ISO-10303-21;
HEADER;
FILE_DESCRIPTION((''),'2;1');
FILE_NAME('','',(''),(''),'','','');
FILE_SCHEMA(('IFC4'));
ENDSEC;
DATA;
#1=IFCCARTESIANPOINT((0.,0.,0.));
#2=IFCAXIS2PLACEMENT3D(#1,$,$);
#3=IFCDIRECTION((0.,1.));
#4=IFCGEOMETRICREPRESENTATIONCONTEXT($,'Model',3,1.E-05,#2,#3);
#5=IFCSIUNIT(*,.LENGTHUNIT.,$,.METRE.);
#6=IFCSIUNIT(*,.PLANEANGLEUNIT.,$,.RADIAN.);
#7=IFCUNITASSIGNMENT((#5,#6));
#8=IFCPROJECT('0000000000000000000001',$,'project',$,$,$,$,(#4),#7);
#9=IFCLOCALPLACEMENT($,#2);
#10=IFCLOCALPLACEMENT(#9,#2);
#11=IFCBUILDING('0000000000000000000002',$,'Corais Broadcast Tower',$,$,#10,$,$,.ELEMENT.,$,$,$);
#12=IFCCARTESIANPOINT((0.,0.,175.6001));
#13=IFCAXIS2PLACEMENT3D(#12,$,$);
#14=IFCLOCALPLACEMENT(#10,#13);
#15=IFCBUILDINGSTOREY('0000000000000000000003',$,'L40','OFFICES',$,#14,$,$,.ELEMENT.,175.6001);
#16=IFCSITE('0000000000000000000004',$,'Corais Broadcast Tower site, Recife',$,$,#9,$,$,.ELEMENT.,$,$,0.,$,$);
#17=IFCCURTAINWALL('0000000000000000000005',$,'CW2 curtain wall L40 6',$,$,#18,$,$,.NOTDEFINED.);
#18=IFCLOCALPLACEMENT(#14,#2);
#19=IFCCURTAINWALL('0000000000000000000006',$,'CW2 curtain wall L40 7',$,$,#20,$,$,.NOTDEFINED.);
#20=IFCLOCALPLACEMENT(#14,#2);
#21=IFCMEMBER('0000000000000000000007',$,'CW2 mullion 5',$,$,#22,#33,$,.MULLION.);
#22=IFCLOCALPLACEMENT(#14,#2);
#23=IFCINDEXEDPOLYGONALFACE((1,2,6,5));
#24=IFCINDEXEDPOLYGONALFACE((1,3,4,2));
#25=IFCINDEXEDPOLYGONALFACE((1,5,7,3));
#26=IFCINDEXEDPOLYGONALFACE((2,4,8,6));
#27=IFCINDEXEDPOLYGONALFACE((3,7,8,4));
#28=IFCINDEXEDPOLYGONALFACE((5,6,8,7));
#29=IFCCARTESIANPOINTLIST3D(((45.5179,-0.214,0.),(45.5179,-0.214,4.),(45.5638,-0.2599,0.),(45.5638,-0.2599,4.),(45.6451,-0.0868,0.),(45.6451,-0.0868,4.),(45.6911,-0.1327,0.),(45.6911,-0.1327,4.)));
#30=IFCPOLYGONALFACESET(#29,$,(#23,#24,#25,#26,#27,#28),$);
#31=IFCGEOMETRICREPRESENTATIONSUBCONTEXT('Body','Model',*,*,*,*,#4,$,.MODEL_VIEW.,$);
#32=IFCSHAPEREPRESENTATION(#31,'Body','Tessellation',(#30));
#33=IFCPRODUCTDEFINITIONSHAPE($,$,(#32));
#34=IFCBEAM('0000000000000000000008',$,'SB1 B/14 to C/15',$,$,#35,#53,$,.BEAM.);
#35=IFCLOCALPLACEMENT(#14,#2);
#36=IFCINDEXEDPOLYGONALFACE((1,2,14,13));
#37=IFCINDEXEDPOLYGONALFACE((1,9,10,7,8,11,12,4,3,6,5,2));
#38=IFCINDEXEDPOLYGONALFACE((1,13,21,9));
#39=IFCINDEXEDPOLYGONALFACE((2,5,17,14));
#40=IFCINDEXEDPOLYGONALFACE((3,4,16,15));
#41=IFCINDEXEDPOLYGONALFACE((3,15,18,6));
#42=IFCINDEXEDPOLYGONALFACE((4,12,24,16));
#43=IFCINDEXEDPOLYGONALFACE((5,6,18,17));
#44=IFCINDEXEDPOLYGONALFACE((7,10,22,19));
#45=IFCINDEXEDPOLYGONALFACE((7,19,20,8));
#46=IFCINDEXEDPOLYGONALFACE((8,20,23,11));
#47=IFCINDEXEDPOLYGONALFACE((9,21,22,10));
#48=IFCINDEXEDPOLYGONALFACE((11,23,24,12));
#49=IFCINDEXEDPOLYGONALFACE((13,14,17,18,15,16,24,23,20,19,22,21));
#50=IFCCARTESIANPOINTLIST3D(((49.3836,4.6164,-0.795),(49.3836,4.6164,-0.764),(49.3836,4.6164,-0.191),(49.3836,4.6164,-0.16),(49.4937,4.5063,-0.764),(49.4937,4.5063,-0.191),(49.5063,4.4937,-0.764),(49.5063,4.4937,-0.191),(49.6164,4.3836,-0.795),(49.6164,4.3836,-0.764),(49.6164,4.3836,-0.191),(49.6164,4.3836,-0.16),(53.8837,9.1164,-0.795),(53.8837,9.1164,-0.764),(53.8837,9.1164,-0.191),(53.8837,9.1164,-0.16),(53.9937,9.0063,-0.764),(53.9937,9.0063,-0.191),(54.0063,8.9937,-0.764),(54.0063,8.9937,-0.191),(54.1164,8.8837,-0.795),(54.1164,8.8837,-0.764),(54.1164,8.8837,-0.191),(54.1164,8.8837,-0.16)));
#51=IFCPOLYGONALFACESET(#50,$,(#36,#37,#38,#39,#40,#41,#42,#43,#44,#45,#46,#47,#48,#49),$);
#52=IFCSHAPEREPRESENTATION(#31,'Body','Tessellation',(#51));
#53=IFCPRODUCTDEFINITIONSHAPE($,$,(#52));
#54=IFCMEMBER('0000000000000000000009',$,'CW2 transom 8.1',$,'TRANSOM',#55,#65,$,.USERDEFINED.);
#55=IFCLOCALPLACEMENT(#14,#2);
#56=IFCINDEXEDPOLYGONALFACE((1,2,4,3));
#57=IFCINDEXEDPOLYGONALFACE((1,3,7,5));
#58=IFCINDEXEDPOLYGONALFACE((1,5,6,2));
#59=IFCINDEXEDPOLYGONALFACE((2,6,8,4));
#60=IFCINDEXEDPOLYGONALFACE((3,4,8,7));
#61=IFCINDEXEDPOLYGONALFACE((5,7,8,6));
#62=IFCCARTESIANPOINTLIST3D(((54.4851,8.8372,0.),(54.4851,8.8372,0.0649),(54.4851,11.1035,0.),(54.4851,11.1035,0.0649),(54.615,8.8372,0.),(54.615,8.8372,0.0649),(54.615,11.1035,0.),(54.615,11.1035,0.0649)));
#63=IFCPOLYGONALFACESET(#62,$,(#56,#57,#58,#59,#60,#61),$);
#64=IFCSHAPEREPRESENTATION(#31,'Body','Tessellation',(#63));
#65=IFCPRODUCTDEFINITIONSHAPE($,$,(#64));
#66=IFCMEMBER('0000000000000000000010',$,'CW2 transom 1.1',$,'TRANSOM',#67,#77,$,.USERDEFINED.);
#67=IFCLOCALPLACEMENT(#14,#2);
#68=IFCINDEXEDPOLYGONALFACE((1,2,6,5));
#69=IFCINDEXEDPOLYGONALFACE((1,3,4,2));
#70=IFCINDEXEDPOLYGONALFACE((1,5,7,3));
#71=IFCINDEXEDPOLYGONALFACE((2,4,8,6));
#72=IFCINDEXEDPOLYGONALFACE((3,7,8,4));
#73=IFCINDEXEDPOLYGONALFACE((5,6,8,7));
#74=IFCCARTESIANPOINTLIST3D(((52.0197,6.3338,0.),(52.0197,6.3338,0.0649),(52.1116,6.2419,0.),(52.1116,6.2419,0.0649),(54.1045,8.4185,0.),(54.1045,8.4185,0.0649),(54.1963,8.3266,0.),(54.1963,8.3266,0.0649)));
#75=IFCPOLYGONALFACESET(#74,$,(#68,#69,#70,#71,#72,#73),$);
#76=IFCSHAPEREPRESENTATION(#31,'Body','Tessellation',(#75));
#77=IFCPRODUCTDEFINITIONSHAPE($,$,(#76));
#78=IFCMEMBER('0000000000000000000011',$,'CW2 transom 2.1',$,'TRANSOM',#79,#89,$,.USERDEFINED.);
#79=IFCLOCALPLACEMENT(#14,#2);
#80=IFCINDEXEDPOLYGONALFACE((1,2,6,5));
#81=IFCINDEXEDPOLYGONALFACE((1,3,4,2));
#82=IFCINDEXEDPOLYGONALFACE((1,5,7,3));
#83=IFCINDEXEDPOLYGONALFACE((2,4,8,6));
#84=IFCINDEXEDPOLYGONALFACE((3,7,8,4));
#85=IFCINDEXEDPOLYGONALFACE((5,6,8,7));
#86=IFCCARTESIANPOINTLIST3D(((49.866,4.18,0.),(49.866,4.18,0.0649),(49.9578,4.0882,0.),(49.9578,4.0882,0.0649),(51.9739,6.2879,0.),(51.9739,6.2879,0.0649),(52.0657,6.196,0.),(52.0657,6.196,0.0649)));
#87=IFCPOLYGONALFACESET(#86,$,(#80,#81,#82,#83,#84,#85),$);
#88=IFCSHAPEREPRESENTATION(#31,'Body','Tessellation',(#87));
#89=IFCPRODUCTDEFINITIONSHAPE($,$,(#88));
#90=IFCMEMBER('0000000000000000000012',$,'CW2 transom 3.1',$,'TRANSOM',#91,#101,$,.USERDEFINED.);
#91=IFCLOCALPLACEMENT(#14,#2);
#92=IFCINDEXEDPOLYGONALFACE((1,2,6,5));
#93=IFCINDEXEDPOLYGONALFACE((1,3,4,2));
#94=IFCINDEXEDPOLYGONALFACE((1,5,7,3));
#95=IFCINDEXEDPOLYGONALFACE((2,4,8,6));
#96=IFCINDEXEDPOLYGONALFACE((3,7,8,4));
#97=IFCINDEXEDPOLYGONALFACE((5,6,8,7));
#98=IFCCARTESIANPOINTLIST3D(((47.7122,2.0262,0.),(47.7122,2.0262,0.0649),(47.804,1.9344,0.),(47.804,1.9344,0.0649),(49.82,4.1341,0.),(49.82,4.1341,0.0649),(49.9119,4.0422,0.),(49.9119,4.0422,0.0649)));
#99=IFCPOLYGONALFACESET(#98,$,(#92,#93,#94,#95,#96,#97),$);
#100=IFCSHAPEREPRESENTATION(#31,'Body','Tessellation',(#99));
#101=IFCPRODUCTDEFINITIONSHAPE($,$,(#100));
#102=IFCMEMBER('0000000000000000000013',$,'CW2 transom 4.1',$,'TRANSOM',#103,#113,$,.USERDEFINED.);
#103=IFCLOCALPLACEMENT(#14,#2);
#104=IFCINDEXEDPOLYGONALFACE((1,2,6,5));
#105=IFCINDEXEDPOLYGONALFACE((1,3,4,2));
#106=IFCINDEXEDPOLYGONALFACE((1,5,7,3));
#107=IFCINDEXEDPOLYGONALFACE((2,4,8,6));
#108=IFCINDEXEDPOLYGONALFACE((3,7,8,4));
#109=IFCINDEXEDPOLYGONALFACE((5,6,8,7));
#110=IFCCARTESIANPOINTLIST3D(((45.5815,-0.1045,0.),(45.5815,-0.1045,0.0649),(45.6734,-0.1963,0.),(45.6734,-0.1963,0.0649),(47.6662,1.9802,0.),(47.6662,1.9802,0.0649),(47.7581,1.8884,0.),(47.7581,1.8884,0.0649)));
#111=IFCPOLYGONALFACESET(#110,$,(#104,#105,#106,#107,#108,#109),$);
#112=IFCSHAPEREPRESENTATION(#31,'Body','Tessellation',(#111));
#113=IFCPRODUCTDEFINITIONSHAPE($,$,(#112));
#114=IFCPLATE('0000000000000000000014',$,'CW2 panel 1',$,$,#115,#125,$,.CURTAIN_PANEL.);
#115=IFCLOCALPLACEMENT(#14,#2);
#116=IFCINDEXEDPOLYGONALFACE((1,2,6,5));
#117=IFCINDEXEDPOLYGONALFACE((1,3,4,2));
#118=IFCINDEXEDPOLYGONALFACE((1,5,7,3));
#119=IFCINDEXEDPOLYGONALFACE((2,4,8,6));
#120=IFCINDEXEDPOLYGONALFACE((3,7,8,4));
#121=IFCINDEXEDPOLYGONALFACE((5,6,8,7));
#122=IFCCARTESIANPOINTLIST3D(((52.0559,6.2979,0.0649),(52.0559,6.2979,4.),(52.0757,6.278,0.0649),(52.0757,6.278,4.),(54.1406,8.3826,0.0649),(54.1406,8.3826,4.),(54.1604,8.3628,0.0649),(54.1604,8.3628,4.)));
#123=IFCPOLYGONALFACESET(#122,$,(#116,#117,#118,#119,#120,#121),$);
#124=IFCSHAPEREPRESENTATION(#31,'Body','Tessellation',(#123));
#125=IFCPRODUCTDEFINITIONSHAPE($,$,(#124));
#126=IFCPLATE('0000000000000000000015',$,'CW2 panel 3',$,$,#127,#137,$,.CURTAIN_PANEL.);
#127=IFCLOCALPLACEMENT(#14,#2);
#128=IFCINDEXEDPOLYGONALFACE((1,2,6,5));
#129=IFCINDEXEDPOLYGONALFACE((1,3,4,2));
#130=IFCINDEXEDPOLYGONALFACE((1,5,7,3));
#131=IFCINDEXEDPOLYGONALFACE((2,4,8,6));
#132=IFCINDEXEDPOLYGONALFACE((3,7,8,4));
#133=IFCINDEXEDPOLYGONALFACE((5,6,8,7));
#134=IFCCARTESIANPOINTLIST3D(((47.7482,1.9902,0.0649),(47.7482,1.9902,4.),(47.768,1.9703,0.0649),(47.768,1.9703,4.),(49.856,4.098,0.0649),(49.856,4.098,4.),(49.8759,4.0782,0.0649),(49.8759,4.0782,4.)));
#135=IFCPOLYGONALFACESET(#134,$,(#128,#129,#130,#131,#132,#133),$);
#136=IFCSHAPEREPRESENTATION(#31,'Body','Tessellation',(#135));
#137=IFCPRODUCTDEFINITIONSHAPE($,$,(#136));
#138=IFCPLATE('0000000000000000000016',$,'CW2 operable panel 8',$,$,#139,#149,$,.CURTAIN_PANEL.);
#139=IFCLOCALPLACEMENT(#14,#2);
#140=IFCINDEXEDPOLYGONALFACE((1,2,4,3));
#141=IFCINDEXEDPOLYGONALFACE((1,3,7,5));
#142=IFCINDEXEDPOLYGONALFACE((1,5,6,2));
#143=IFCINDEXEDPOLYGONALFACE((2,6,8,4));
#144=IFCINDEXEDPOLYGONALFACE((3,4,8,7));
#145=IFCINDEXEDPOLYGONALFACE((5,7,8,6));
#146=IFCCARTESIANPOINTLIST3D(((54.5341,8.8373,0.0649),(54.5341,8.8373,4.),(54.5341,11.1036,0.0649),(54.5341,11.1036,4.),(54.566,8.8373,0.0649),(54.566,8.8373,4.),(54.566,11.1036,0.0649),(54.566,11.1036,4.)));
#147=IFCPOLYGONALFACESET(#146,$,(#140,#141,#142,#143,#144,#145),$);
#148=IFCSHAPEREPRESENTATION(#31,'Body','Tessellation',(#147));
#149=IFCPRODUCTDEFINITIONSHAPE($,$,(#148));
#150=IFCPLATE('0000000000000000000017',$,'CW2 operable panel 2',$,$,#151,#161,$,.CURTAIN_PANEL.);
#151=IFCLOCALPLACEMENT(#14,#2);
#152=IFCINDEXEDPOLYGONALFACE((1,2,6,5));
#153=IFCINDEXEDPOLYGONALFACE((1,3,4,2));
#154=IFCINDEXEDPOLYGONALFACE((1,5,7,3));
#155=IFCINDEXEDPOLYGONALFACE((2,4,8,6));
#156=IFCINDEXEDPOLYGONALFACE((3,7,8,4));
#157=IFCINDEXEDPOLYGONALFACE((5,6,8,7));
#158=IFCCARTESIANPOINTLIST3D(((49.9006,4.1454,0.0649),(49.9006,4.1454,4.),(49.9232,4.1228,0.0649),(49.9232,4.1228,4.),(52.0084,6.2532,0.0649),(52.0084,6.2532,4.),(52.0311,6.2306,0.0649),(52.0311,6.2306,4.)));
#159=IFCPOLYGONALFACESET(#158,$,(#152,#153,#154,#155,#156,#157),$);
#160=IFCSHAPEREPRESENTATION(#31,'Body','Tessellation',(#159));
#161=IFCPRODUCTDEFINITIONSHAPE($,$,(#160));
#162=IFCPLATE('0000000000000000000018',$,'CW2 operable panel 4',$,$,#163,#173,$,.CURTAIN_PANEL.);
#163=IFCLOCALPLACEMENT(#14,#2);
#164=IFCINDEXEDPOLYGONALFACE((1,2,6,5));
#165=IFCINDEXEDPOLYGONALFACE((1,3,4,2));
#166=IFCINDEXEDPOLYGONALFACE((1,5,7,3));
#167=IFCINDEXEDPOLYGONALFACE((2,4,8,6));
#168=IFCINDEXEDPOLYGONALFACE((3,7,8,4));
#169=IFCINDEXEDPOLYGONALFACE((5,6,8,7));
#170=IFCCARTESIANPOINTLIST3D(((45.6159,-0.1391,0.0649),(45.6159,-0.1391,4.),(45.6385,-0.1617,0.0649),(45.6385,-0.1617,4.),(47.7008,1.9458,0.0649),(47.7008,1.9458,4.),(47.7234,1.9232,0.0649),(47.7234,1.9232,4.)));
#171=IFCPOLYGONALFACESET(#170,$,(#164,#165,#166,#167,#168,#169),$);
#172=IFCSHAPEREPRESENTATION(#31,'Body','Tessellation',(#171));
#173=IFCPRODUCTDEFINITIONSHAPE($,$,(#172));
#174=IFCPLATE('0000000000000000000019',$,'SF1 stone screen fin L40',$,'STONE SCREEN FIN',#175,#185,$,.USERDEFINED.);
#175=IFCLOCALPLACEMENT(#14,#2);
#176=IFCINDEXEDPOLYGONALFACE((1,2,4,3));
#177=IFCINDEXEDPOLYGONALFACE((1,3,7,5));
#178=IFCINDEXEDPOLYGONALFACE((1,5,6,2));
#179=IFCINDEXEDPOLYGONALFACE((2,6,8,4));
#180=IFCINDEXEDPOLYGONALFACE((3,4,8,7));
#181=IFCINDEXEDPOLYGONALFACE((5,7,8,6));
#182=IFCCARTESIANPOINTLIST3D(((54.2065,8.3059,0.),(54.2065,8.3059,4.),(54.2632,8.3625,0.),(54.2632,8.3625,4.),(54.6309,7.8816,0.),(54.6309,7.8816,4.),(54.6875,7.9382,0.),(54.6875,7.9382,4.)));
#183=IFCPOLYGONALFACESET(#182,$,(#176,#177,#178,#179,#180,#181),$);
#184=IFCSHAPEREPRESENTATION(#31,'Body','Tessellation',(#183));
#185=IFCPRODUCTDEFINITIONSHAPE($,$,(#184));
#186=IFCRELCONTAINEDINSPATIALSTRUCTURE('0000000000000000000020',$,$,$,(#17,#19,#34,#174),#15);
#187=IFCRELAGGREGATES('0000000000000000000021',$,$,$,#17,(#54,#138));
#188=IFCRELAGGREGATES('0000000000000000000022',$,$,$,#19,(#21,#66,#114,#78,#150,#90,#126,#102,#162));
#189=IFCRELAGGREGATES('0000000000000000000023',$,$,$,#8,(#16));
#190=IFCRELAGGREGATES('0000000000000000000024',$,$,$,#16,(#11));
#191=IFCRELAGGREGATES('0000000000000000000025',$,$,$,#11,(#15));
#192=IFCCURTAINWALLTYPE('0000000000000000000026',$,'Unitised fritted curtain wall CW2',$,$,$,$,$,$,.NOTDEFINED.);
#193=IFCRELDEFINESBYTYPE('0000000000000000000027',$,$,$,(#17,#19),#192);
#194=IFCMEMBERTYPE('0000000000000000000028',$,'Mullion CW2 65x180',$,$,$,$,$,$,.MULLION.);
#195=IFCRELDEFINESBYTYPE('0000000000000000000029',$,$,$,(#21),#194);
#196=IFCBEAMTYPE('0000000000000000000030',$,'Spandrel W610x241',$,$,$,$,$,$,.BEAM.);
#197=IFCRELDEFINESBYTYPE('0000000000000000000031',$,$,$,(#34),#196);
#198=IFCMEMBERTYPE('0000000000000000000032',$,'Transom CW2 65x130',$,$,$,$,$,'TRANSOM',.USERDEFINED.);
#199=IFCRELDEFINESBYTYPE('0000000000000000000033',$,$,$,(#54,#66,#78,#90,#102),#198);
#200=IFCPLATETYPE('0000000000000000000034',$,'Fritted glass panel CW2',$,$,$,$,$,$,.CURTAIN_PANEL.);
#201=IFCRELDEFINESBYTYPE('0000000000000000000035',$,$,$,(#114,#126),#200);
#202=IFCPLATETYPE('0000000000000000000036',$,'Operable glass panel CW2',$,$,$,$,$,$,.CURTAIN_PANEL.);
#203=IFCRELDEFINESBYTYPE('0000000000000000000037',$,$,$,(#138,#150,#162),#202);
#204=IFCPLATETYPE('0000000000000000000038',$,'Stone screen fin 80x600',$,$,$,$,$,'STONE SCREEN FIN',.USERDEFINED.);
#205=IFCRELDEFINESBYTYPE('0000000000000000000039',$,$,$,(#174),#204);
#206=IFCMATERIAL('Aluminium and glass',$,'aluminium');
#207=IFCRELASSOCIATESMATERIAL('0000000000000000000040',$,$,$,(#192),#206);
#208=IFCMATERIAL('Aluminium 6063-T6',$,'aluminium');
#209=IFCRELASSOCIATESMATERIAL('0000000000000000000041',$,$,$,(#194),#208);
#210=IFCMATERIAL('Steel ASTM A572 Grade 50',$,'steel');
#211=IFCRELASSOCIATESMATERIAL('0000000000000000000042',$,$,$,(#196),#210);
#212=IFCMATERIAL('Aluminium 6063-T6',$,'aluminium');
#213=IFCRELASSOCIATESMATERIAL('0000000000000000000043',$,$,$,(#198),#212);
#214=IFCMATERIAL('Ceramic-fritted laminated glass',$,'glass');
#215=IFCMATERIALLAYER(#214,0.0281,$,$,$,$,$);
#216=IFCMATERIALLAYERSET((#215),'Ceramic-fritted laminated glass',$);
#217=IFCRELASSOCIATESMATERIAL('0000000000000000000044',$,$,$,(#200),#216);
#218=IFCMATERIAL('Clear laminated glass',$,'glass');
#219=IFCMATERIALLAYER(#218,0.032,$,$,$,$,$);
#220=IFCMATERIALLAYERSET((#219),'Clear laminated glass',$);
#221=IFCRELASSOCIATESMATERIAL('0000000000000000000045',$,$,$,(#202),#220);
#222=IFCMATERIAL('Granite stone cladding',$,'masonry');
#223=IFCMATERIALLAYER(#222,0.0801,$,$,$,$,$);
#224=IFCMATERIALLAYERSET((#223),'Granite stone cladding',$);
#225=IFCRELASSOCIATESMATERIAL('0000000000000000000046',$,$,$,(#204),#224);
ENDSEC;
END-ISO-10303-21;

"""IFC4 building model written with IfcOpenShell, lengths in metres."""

from ifc_helpers import new_model, si_unit, direction, frame, origin, origin_2d, place, context, subcontext, project, spatial, rectangle, i_section, extrude, material, layer, layer_set, material_profile, profile_set, type_object, element, aggregate, save


model = new_model("IFC4")

# Units and contexts
model_context = context("Model", 3, precision=1e-05, world=origin(), true_north=direction((0.0, 1.0)))
body_context = subcontext(model_context, "Body", "Model", "MODEL_VIEW")
ifc_project = project(units=[si_unit("LENGTHUNIT", "METRE"), si_unit("PLANEANGLEUNIT", "RADIAN")], contexts=[model_context])

# Site, building, storey
site_placement = place(None, origin())
site = spatial("IfcSite", under=ifc_project, at=site_placement, Name="Corais Broadcast Tower site, Recife", CompositionType="ELEMENT", RefElevation=0.0)
building_placement = place(site_placement, origin())
building = spatial("IfcBuilding", under=site, at=building_placement, Name="Corais Broadcast Tower", CompositionType="ELEMENT")
storey_placement = place(building_placement, frame((0.0, 0.0, 175.6001)))
storey = spatial("IfcBuildingStorey", under=building, at=storey_placement, Name="L40", Description="OFFICES", CompositionType="ELEMENT", Elevation=175.6001)

# Curtain walls, member
ifc_material_1 = material(Name="Aluminium and glass", Category="aluminium")
curtain_wall_type = type_object("IfcCurtainWallType", Name="Unitised fritted curtain wall CW2", PredefinedType="NOTDEFINED", material=ifc_material_1)
curtain_wall_1_placement = place(storey_placement, origin())
curtain_wall_1 = element("IfcCurtainWall", 1, at=curtain_wall_1_placement, inside=storey, type_object=curtain_wall_type, Name="CW2 curtain wall L40 6", PredefinedType="NOTDEFINED")
ifc_material_2 = material(Name="Aluminium 6063-T6", Category="aluminium")
ifc_material_profile_1 = material_profile(ifc_material_2, rectangle(XDim=0.0649, YDim=0.1799, at=origin_2d()), Name="Mullion CW2 65x180")
ifc_profile_set_1 = profile_set([ifc_material_profile_1], Name="Aluminium 6063-T6")
member_type_1 = type_object("IfcMemberType", Name="Mullion CW2 65x180", PredefinedType="MULLION", material=ifc_profile_set_1)
curtain_wall_2_placement = place(storey_placement, origin())
curtain_wall_2 = element("IfcCurtainWall", 2, at=curtain_wall_2_placement, inside=storey, type_object=curtain_wall_type, Name="CW2 curtain wall L40 7", PredefinedType="NOTDEFINED")
member_1_placement = place(storey_placement, frame((45.6045, -0.1733, 0.0), z_axis=(0.0, 0.0, 1.0), x_axis=(0.707107, -0.707107, 0.0)))
member_1 = element("IfcMember", 3, at=member_1_placement, type_object=member_type_1, Name="CW2 mullion 5", PredefinedType="MULLION", context=body_context, shape_type="SweptSolid", body=[
    extrude(rectangle(XDim=0.0649, YDim=0.1799, at=origin_2d()), origin(), (0.0, 0.0, 1.0), 4.0),
])

# Beam
ifc_material_3 = material(Name="Steel ASTM A572 Grade 50", Category="steel")
ifc_material_profile_2 = material_profile(ifc_material_3, i_section(OverallWidth=0.3291, OverallDepth=0.635, WebThickness=0.0178, FlangeThickness=0.031, at=origin_2d()), Name="W610x241")
ifc_profile_set_2 = profile_set([ifc_material_profile_2], Name="Steel ASTM A572 Grade 50")
beam_type_1 = type_object("IfcBeamType", Name="Spandrel W610x241", PredefinedType="BEAM", material=ifc_profile_set_2)
beam_1_placement = place(storey_placement, frame((49.5, 4.5, -0.4775), z_axis=(0.707107, 0.707107, 0.0), x_axis=(-0.707107, 0.707107, 0.0)))
element("IfcBeam", 4, at=beam_1_placement, inside=storey, type_object=beam_type_1, Name="SB1 B/14 to C/15", PredefinedType="BEAM", context=body_context, shape_type="SweptSolid", body=[
    extrude(i_section(OverallWidth=0.3291, OverallDepth=0.635, WebThickness=0.0178, FlangeThickness=0.031, at=origin_2d()), origin(), (0.0, 0.0, 1.0), 6.364),
])

# Members
ifc_material_4 = material(Name="Aluminium 6063-T6", Category="aluminium")
ifc_material_profile_3 = material_profile(ifc_material_4, rectangle(XDim=0.1299, YDim=0.0649, at=origin_2d()), Name="Transom CW2 65x130")
ifc_profile_set_3 = profile_set([ifc_material_profile_3], Name="Aluminium 6063-T6")
member_type_2 = type_object("IfcMemberType", Name="Transom CW2 65x130", ElementType="TRANSOM", PredefinedType="USERDEFINED", material=ifc_profile_set_3)
member_2_placement = place(storey_placement, frame((54.55, 11.1035, 0.0325), z_axis=(0.0, -1.0, 0.0), x_axis=(1.0, 0.0, 0.0)))
member_2 = element("IfcMember", 5, at=member_2_placement, type_object=member_type_2, Name="CW2 transom 8.1", ObjectType="TRANSOM", PredefinedType="USERDEFINED", context=body_context, shape_type="SweptSolid", body=[
    extrude(rectangle(XDim=0.1299, YDim=0.0649, at=origin_2d()), origin(), (0.0, 0.0, 1.0), 2.2664),
])
member_3_placement = place(storey_placement, frame((54.1504, 8.3726, 0.0325), z_axis=(-0.707107, -0.707107, 0.0), x_axis=(0.707107, -0.707107, 0.0)))
member_3 = element("IfcMember", 6, at=member_3_placement, type_object=member_type_2, Name="CW2 transom 1.1", ObjectType="TRANSOM", PredefinedType="USERDEFINED", context=body_context, shape_type="SweptSolid", body=[
    extrude(rectangle(XDim=0.1299, YDim=0.0649, at=origin_2d()), origin(), (0.0, 0.0, 1.0), 2.9482),
])
member_4_placement = place(storey_placement, frame((52.0198, 6.2419, 0.0325), z_axis=(-0.707107, -0.707107, 0.0), x_axis=(0.707107, -0.707107, 0.0)))
member_4 = element("IfcMember", 7, at=member_4_placement, type_object=member_type_2, Name="CW2 transom 2.1", ObjectType="TRANSOM", PredefinedType="USERDEFINED", context=body_context, shape_type="SweptSolid", body=[
    extrude(rectangle(XDim=0.1299, YDim=0.0649, at=origin_2d()), origin(), (0.0, 0.0, 1.0), 2.981),
])
member_5_placement = place(storey_placement, frame((49.866, 4.0881, 0.0325), z_axis=(-0.707107, -0.707107, 0.0), x_axis=(0.707107, -0.707107, 0.0)))
member_5 = element("IfcMember", 8, at=member_5_placement, type_object=member_type_2, Name="CW2 transom 3.1", ObjectType="TRANSOM", PredefinedType="USERDEFINED", context=body_context, shape_type="SweptSolid", body=[
    extrude(rectangle(XDim=0.1299, YDim=0.0649, at=origin_2d()), origin(), (0.0, 0.0, 1.0), 2.981),
])
member_6_placement = place(storey_placement, frame((47.7122, 1.9343, 0.0325), z_axis=(-0.707107, -0.707107, 0.0), x_axis=(0.707107, -0.707107, 0.0)))
member_6 = element("IfcMember", 9, at=member_6_placement, type_object=member_type_2, Name="CW2 transom 4.1", ObjectType="TRANSOM", PredefinedType="USERDEFINED", context=body_context, shape_type="SweptSolid", body=[
    extrude(rectangle(XDim=0.1299, YDim=0.0649, at=origin_2d()), origin(), (0.0, 0.0, 1.0), 2.9482),
])

# Plates
ifc_material_5 = material(Name="Ceramic-fritted laminated glass", Category="glass")
ifc_layer_1 = layer(ifc_material_5, 0.0281)
ifc_layer_set_1 = layer_set([ifc_layer_1], Name="Ceramic-fritted laminated glass")
plate_type_1 = type_object("IfcPlateType", Name="Fritted glass panel CW2", PredefinedType="CURTAIN_PANEL", material=ifc_layer_set_1)
plate_1_placement = place(storey_placement, frame((53.1082, 7.3303, 0.0649), z_axis=(0.0, 0.0, 1.0), x_axis=(-0.707107, -0.707107, 0.0)))
plate_1 = element("IfcPlate", 10, at=plate_1_placement, type_object=plate_type_1, Name="CW2 panel 1", PredefinedType="CURTAIN_PANEL", context=body_context, shape_type="SweptSolid", body=[
    extrude(rectangle(XDim=2.9482, YDim=0.0281, at=origin_2d()), origin(), (0.0, 0.0, 1.0), 3.9351),
])
plate_2_placement = place(storey_placement, frame((48.812, 3.0342, 0.0649), z_axis=(0.0, 0.0, 1.0), x_axis=(-0.707107, -0.707107, 0.0)))
plate_2 = element("IfcPlate", 11, at=plate_2_placement, type_object=plate_type_1, Name="CW2 panel 3", PredefinedType="CURTAIN_PANEL", context=body_context, shape_type="SweptSolid", body=[
    extrude(rectangle(XDim=2.981, YDim=0.0281, at=origin_2d()), origin(), (0.0, 0.0, 1.0), 3.9351),
])
ifc_material_6 = material(Name="Clear laminated glass", Category="glass")
ifc_layer_2 = layer(ifc_material_6, 0.032)
ifc_layer_set_2 = layer_set([ifc_layer_2], Name="Clear laminated glass")
plate_type_2 = type_object("IfcPlateType", Name="Operable glass panel CW2", PredefinedType="CURTAIN_PANEL", material=ifc_layer_set_2)
plate_3_placement = place(storey_placement, frame((54.55, 9.9705, 0.0649), z_axis=(0.0, 0.0, 1.0), x_axis=(0.0, -1.0, 0.0)))
plate_3 = element("IfcPlate", 12, at=plate_3_placement, type_object=plate_type_2, Name="CW2 operable panel 8", PredefinedType="CURTAIN_PANEL", context=body_context, shape_type="SweptSolid", body=[
    extrude(rectangle(XDim=2.2664, YDim=0.032, at=origin_2d()), origin(), (0.0, 0.0, 1.0), 3.9351),
])
aggregate(curtain_wall_1, [member_2, plate_3])
plate_4_placement = place(storey_placement, frame((50.9658, 5.188, 0.0649), z_axis=(0.0, 0.0, 1.0), x_axis=(-0.707107, -0.707107, 0.0)))
plate_4 = element("IfcPlate", 13, at=plate_4_placement, type_object=plate_type_2, Name="CW2 operable panel 2", PredefinedType="CURTAIN_PANEL", context=body_context, shape_type="SweptSolid", body=[
    extrude(rectangle(XDim=2.981, YDim=0.032, at=origin_2d()), origin(), (0.0, 0.0, 1.0), 3.9351),
])
plate_5_placement = place(storey_placement, frame((46.6697, 0.8921, 0.0649), z_axis=(0.0, 0.0, 1.0), x_axis=(-0.707107, -0.707107, 0.0)))
plate_5 = element("IfcPlate", 14, at=plate_5_placement, type_object=plate_type_2, Name="CW2 operable panel 4", PredefinedType="CURTAIN_PANEL", context=body_context, shape_type="SweptSolid", body=[
    extrude(rectangle(XDim=2.9485, YDim=0.032, at=origin_2d()), origin(), (0.0, 0.0, 1.0), 3.9351),
])
aggregate(curtain_wall_2, [member_1, member_3, plate_1, member_4, plate_4, member_5, plate_2, member_6, plate_5])

# Plate
ifc_material_7 = material(Name="Granite stone cladding", Category="masonry")
ifc_layer_3 = layer(ifc_material_7, 0.0801)
ifc_layer_set_3 = layer_set([ifc_layer_3], Name="Granite stone cladding")
plate_type_3 = type_object("IfcPlateType", Name="Stone screen fin 80x600", ElementType="STONE SCREEN FIN", PredefinedType="USERDEFINED", material=ifc_layer_set_3)
for number, where, z_axis, x_axis, name in (
    (15, (54.447, 8.1221, 0.0), (0.0, 0.0, 1.0), (-0.707107, -0.707107, 0.0), "SF1 stone screen fin L40"),
):
    element("IfcPlate", number, at=place(storey_placement, frame(where, z_axis=z_axis, x_axis=x_axis)), inside=storey, type_object=plate_type_3, Name=name, ObjectType="STONE SCREEN FIN", PredefinedType="USERDEFINED", context=body_context, shape_type="SweptSolid", body=[
        extrude(rectangle(XDim=0.0801, YDim=0.6001, at=origin_2d()), origin(), (0.0, 0.0, 1.0), 4.0),
    ])

save(model, "model.ifc")
